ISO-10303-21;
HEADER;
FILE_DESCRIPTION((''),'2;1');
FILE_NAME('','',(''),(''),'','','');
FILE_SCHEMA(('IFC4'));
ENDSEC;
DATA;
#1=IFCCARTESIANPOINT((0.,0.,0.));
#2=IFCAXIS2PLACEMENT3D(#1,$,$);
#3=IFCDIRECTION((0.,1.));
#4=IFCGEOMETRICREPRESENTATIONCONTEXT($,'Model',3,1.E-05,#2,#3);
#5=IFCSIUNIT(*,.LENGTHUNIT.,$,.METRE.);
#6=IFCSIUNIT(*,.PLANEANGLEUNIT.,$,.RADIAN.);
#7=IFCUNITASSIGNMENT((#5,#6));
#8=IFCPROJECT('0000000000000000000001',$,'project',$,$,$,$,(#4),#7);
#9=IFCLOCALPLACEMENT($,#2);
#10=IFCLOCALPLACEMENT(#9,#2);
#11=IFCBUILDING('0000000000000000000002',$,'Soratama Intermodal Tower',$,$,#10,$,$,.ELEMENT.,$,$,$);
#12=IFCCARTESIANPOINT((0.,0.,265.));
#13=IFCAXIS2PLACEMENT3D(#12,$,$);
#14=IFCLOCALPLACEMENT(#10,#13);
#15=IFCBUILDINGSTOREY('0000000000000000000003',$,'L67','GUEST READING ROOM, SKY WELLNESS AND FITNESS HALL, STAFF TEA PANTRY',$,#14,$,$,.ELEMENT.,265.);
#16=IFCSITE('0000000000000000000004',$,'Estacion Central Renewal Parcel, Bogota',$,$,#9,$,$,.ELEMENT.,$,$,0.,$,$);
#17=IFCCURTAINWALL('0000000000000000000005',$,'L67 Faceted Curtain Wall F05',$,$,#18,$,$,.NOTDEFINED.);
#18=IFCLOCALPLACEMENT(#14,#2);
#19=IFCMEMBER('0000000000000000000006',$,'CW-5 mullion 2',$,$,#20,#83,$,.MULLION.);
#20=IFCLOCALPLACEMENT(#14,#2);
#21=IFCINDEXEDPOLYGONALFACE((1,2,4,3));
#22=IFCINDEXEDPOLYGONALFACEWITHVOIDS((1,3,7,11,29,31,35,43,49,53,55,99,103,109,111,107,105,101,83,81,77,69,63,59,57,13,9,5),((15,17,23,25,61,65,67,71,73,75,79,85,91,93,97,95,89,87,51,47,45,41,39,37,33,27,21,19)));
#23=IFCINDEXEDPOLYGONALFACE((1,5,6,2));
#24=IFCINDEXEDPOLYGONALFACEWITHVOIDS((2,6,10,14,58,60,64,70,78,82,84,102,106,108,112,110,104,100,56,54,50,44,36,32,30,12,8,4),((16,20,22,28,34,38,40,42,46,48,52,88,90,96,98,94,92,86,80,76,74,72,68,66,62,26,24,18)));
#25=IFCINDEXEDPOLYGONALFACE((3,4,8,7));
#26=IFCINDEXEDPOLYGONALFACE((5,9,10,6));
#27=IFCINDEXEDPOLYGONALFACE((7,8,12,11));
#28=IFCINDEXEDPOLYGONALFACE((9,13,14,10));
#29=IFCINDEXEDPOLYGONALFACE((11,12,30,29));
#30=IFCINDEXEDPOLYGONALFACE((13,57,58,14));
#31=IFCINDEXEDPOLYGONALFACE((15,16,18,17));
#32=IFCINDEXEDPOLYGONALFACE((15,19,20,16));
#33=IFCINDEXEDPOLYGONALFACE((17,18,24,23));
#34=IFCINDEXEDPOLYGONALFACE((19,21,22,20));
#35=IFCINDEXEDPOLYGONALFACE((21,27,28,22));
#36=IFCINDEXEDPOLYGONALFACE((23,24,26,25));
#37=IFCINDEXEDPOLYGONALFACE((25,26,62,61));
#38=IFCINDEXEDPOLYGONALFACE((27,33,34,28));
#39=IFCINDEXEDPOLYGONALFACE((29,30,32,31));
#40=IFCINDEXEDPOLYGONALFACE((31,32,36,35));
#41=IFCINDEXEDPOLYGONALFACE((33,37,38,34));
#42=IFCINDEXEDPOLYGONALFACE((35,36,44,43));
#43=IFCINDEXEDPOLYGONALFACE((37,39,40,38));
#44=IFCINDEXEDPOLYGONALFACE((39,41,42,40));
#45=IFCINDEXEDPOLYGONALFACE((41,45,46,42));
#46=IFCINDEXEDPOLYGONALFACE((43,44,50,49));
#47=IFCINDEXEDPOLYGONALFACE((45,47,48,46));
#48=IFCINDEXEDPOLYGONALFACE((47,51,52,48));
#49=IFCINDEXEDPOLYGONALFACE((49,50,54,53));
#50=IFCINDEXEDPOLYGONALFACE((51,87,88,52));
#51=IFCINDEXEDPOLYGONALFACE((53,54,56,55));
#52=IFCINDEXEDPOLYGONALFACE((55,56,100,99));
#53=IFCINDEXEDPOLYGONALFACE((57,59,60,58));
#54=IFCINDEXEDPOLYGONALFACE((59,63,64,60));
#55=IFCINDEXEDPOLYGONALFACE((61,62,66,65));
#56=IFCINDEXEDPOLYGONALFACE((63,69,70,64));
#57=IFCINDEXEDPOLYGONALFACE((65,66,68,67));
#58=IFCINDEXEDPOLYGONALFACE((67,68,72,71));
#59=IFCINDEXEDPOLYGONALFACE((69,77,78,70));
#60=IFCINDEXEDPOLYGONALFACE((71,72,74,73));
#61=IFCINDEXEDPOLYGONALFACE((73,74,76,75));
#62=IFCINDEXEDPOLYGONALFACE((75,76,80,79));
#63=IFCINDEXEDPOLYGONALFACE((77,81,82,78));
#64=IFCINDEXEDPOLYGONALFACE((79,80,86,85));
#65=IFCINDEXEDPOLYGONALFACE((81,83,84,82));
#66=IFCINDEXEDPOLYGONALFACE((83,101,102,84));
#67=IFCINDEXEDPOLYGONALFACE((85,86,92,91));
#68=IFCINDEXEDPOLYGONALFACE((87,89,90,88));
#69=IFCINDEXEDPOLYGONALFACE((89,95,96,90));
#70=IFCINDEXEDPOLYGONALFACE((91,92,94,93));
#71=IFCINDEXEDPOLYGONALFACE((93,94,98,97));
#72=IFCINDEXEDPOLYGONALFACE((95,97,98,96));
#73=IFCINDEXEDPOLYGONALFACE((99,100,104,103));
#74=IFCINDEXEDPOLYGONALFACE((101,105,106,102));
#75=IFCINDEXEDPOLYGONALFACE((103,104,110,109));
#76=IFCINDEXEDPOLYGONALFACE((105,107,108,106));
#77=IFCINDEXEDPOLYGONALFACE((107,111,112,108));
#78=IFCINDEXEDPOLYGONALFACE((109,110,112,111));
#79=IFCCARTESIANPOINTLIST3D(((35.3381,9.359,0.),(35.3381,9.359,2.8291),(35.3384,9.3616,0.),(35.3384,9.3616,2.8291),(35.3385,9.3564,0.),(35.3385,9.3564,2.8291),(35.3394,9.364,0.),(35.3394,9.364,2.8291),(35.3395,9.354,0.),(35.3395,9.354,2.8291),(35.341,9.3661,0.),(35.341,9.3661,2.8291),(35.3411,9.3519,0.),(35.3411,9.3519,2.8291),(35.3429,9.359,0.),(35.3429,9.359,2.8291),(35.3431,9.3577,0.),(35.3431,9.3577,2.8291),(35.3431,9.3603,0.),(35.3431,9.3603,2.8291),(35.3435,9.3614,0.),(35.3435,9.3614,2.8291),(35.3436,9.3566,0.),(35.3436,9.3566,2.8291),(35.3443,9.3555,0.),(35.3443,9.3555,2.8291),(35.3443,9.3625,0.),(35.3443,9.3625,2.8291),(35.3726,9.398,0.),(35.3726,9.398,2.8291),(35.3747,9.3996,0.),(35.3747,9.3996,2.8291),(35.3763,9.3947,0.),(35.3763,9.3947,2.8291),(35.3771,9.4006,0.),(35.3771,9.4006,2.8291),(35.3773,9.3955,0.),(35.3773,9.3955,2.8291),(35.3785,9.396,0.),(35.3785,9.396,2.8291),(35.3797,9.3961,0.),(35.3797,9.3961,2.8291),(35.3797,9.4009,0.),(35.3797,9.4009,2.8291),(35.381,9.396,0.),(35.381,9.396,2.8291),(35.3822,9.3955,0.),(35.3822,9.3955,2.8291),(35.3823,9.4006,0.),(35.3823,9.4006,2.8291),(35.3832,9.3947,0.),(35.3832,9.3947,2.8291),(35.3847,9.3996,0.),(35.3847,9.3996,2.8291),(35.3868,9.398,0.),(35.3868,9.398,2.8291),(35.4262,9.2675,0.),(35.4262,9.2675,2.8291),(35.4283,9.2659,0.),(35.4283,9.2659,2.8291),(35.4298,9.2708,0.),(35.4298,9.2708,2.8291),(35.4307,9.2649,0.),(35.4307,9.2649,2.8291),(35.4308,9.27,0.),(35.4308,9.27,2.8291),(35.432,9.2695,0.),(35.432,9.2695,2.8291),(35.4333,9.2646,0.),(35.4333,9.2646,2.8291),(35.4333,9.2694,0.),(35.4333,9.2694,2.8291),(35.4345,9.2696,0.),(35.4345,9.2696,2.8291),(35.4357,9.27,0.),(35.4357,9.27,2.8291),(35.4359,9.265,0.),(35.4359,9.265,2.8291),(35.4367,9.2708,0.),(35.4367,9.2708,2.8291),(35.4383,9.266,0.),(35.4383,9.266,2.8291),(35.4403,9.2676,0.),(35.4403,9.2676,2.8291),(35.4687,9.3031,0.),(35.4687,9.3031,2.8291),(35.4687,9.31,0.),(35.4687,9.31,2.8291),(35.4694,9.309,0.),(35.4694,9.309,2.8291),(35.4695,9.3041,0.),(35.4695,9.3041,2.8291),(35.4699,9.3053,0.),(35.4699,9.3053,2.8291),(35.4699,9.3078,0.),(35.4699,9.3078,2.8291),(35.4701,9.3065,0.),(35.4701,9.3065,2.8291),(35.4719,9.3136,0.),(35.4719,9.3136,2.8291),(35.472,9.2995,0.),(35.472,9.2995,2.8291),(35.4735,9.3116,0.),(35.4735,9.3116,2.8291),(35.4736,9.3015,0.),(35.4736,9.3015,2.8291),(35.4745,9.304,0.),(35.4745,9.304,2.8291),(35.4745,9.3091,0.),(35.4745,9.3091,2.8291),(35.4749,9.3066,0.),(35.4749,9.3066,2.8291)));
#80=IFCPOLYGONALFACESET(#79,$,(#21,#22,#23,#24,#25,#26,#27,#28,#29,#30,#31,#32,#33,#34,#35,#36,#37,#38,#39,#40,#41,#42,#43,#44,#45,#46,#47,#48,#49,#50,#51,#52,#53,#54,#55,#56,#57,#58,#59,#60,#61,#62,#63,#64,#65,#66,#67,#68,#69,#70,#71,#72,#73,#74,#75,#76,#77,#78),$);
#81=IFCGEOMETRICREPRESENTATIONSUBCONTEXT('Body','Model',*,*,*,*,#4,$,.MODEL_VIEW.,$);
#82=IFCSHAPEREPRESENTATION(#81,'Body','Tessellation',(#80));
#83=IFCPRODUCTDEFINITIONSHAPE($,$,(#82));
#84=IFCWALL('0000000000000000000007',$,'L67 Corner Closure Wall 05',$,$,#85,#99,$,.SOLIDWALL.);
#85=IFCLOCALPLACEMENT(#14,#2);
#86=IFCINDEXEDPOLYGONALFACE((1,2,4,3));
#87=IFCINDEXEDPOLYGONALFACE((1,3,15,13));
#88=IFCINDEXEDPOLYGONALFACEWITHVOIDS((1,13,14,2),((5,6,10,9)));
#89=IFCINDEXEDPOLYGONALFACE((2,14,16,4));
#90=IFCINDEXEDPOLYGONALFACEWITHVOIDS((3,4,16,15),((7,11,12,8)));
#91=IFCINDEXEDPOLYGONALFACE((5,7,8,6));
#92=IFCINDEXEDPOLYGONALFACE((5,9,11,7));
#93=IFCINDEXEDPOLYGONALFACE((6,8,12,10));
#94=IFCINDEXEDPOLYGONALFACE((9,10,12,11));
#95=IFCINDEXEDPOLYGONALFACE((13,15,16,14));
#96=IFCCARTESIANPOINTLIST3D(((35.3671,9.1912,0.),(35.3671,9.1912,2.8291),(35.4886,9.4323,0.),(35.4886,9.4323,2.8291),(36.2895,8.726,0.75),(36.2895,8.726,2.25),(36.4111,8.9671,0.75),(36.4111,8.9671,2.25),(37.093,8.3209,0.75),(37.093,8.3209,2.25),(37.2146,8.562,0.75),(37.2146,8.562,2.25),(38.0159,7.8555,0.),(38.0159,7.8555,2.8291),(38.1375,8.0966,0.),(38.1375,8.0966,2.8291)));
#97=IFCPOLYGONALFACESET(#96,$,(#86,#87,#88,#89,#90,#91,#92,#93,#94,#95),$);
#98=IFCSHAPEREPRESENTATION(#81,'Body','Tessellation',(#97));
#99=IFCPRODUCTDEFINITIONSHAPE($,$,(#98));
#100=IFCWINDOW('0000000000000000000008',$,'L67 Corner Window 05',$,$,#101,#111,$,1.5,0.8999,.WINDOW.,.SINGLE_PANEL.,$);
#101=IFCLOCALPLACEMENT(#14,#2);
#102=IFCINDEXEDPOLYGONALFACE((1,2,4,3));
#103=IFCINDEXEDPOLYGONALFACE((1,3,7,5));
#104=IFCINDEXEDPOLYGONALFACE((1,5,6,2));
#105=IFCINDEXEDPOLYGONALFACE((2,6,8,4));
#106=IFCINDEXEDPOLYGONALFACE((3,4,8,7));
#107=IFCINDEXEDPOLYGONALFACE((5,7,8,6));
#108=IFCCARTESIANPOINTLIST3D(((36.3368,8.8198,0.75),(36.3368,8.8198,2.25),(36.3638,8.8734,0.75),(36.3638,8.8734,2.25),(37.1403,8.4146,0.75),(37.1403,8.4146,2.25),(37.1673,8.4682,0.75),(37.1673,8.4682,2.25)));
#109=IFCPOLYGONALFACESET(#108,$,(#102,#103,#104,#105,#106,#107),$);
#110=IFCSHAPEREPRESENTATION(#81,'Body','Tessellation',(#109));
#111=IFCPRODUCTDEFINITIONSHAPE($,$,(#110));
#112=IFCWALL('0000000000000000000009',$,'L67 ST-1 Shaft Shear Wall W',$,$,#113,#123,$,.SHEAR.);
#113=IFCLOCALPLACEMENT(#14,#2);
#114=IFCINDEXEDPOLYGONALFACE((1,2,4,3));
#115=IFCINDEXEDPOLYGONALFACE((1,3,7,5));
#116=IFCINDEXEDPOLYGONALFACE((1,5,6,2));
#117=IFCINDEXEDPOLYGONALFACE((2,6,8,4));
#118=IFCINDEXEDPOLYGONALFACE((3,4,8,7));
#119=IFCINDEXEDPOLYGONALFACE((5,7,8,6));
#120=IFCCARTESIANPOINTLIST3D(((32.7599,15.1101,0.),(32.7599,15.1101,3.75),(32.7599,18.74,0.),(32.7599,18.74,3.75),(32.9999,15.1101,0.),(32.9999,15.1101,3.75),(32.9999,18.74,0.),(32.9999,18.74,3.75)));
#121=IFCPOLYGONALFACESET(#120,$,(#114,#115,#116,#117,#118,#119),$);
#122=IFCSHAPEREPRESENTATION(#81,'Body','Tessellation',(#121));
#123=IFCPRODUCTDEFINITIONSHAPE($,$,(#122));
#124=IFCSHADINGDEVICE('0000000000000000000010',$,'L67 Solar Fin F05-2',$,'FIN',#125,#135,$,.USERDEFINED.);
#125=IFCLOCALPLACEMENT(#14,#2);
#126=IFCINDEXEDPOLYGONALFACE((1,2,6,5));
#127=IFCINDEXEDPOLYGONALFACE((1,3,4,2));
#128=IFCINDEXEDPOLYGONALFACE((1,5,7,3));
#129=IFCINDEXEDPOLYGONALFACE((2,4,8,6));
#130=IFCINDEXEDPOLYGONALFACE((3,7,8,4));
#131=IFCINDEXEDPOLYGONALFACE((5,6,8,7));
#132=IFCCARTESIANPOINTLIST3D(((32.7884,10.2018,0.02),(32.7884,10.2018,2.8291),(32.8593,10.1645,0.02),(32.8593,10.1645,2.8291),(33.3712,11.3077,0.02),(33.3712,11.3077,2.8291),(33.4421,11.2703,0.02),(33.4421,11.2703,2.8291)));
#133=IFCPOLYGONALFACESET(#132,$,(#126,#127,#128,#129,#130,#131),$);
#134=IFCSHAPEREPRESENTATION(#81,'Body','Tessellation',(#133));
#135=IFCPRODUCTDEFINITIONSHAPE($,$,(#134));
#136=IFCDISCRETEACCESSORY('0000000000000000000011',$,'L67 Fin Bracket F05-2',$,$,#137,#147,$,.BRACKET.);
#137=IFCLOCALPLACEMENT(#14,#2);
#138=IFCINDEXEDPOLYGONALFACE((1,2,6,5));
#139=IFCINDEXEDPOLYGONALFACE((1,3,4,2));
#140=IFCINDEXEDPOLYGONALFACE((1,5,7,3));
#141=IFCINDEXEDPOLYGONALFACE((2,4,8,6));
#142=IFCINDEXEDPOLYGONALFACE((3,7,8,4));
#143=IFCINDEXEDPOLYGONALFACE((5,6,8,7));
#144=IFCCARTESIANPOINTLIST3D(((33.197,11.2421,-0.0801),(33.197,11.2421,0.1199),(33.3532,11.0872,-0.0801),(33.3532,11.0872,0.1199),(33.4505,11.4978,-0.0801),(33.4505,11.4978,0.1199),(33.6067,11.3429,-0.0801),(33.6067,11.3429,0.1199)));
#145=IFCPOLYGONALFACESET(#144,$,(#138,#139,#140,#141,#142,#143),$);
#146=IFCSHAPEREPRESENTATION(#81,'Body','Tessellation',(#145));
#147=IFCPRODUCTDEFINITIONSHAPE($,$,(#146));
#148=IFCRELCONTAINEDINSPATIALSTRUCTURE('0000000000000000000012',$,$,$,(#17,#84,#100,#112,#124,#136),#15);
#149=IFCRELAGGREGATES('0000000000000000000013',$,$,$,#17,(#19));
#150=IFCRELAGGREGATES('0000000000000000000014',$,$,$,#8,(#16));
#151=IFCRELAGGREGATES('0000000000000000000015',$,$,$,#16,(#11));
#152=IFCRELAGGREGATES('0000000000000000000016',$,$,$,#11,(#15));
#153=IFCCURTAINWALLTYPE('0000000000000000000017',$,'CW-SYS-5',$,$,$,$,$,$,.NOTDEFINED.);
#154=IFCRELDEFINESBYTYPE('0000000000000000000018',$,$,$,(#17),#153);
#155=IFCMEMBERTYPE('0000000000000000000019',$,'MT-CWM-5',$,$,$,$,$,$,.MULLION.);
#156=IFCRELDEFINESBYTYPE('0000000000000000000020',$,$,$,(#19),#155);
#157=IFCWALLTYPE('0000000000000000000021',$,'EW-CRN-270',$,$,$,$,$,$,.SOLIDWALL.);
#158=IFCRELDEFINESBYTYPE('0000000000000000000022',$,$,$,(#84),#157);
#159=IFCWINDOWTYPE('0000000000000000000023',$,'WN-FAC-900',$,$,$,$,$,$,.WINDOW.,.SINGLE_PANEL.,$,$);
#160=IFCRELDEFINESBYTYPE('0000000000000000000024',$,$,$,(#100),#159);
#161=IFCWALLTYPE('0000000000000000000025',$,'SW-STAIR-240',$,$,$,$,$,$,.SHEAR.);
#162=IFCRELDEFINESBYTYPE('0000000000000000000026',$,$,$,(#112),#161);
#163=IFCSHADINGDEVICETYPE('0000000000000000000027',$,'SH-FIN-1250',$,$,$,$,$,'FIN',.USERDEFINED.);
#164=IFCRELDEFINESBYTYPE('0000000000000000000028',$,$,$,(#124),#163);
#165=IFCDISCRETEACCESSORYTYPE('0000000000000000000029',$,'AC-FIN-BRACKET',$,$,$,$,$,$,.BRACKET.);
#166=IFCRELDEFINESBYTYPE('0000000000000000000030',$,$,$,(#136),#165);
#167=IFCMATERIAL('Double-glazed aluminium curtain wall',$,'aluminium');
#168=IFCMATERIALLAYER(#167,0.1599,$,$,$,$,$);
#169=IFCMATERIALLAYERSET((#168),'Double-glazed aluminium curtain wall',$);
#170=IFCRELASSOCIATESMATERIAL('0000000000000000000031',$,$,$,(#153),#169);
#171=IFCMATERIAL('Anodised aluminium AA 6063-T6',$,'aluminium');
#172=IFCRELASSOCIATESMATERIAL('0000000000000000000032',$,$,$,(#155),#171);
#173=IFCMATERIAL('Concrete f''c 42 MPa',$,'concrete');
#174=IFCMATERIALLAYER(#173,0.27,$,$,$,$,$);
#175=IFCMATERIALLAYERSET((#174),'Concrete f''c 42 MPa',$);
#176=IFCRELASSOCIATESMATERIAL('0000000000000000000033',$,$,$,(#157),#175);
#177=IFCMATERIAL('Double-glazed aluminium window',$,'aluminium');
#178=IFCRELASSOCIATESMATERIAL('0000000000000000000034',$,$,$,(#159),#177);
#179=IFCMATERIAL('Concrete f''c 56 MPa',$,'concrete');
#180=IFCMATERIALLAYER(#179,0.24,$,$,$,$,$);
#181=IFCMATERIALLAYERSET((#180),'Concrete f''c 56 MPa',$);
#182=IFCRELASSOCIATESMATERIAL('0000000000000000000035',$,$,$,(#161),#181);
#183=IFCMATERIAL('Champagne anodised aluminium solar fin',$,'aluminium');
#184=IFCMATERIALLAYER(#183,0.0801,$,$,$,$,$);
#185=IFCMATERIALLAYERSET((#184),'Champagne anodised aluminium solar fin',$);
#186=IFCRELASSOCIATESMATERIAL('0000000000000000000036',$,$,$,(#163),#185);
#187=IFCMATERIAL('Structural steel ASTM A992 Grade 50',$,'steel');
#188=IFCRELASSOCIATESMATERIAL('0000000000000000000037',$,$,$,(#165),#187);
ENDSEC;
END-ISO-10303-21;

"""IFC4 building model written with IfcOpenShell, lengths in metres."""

from ifc_helpers import new_model, si_unit, direction, frame, frame_2d, origin, origin_2d, place, context, subcontext, project, spatial, rectangle, hollow_rectangle, extrude, material, layer, layer_set, material_profile, profile_set, type_object, element, fill, aggregate, save


model = new_model("IFC4")

# Units and contexts
model_context = context("Model", 3, precision=1e-05, world=origin(), true_north=direction((0.0, 1.0)))
body_context = subcontext(model_context, "Body", "Model", "MODEL_VIEW")
ifc_project = project(units=[si_unit("LENGTHUNIT", "METRE"), si_unit("PLANEANGLEUNIT", "RADIAN")], contexts=[model_context])

# Site, building, storey
site_placement = place(None, origin())
site = spatial("IfcSite", under=ifc_project, at=site_placement, Name="Estacion Central Renewal Parcel, Bogota", CompositionType="ELEMENT", RefElevation=0.0)
building_placement = place(site_placement, origin())
building = spatial("IfcBuilding", under=site, at=building_placement, Name="Soratama Intermodal Tower", CompositionType="ELEMENT")
storey_placement = place(building_placement, frame((0.0, 0.0, 265.0)))
storey = spatial("IfcBuildingStorey", under=building, at=storey_placement, Name="L67", Description="GUEST READING ROOM, SKY WELLNESS AND FITNESS HALL, STAFF TEA PANTRY", CompositionType="ELEMENT", Elevation=265.0)

# Curtain wall, member
ifc_material_1 = material(Name="Double-glazed aluminium curtain wall", Category="aluminium")
ifc_layer_1 = layer(ifc_material_1, 0.1599)
ifc_layer_set_1 = layer_set([ifc_layer_1], Name="Double-glazed aluminium curtain wall")
curtain_wall_type = type_object("IfcCurtainWallType", Name="CW-SYS-5", PredefinedType="NOTDEFINED", material=ifc_layer_set_1)
curtain_wall_placement = place(storey_placement, origin())
curtain_wall = element("IfcCurtainWall", 1, at=curtain_wall_placement, inside=storey, type_object=curtain_wall_type, Name="L67 Faceted Curtain Wall F05", PredefinedType="NOTDEFINED")
ifc_material_2 = material(Name="Anodised aluminium AA 6063-T6", Category="aluminium")
ifc_material_profile_1 = material_profile(ifc_material_2, hollow_rectangle(XDim=0.0649, YDim=0.1399, WallThickness=0.0049, InnerFilletRadius=0.0049, OuterFilletRadius=0.01, at=origin_2d()), Name="CWM140X65X5")
ifc_profile_set_1 = profile_set([ifc_material_profile_1], Name="Anodised aluminium AA 6063-T6")
member_type = type_object("IfcMemberType", Name="MT-CWM-5", PredefinedType="MULLION", material=ifc_profile_set_1)
member_placement = place(storey_placement, frame((35.4065, 9.3328, 0.0), z_axis=(0.0, 0.0, 1.0), x_axis=(0.704136, 0.710065, 0.0)))
member = element("IfcMember", 2, at=member_placement, type_object=member_type, Name="CW-5 mullion 2", PredefinedType="MULLION", context=body_context, shape_type="SweptSolid", body=[
    extrude(hollow_rectangle(XDim=0.0649, YDim=0.1399, WallThickness=0.0049, InnerFilletRadius=0.0049, OuterFilletRadius=0.01, at=origin_2d()), origin(), (0.0, 0.0, 1.0), 2.8291),
])
aggregate(curtain_wall, [member])

# Wall, opening, window
ifc_material_3 = material(Name="Concrete f'c 42 MPa", Category="concrete")
ifc_layer_2 = layer(ifc_material_3, 0.27)
ifc_layer_set_2 = layer_set([ifc_layer_2], Name="Concrete f'c 42 MPa")
wall_type_1 = type_object("IfcWallType", Name="EW-CRN-270", PredefinedType="SOLIDWALL", material=ifc_layer_set_2)
wall_1_placement = place(storey_placement, frame((35.4277, 9.3118, 0.0), z_axis=(0.0, 0.0, 1.0), x_axis=(0.892908, -0.45024, 0.0)))
wall_1 = element("IfcWall", 3, at=wall_1_placement, inside=storey, type_object=wall_type_1, Name="L67 Corner Closure Wall 05", PredefinedType="SOLIDWALL", context=body_context, shape_type="SweptSolid", body=[
    extrude(rectangle(XDim=2.9666, YDim=0.27, at=frame_2d((1.4834, 0.0))), origin(), (0.0, 0.0, 1.0), 2.8291),
])
opening_1_placement = place(wall_1_placement, frame((1.0332, 0.0, 0.75)))
opening_1 = element("IfcOpeningElement", 4, at=opening_1_placement, cuts=wall_1, PredefinedType="OPENING", context=body_context, shape_type="SweptSolid", body=[
    extrude(rectangle(XDim=0.8999, YDim=1.5, at=frame_2d((0.45, 0.75))), frame((0.0, 0.145, 0.0), z_axis=(0.0, -1.0, 0.0), x_axis=(1.0, 0.0, 0.0)), (0.0, 0.0, 1.0), 0.29),
])
ifc_material_4 = material(Name="Double-glazed aluminium window", Category="aluminium")
window_type_1 = type_object("IfcWindowType", Name="WN-FAC-900", PartitioningType="SINGLE_PANEL", PredefinedType="WINDOW", material=ifc_material_4)
window_1_placement = place(opening_1_placement, origin())
window_1 = element("IfcWindow", 5, at=window_1_placement, inside=storey, type_object=window_type_1, Name="L67 Corner Window 05", OverallHeight=1.5, OverallWidth=0.8999, PartitioningType="SINGLE_PANEL", PredefinedType="WINDOW", context=body_context, shape_type="SweptSolid", body=[
    extrude(rectangle(XDim=0.8999, YDim=1.5, at=frame_2d((0.45, 0.75))), frame((0.0, 0.03, 0.0), z_axis=(0.0, -1.0, 0.0), x_axis=(1.0, 0.0, 0.0)), (0.0, 0.0, 1.0), 0.0601),
])
fill(opening_1, window_1)

# Wall
ifc_material_5 = material(Name="Concrete f'c 56 MPa", Category="concrete")
ifc_layer_3 = layer(ifc_material_5, 0.24)
ifc_layer_set_3 = layer_set([ifc_layer_3], Name="Concrete f'c 56 MPa")
wall_type_2 = type_object("IfcWallType", Name="SW-STAIR-240", PredefinedType="SHEAR", material=ifc_layer_set_3)
wall_2_placement = place(storey_placement, frame((32.8799, 15.1101, 0.0), z_axis=(0.0, 0.0, 1.0), x_axis=(0.0, 1.0, 0.0)))
element("IfcWall", 6, at=wall_2_placement, inside=storey, type_object=wall_type_2, Name="L67 ST-1 Shaft Shear Wall W", PredefinedType="SHEAR", context=body_context, shape_type="SweptSolid", body=[
    extrude(rectangle(XDim=3.6299, YDim=0.24, at=frame_2d((1.8149, 0.0))), origin(), (0.0, 0.0, 1.0), 3.75),
])

# Shading device
ifc_material_6 = material(Name="Champagne anodised aluminium solar fin", Category="aluminium")
ifc_layer_4 = layer(ifc_material_6, 0.0801)
ifc_layer_set_4 = layer_set([ifc_layer_4], Name="Champagne anodised aluminium solar fin")
shading_device_type = type_object("IfcShadingDeviceType", Name="SH-FIN-1250", ElementType="FIN", PredefinedType="USERDEFINED", material=ifc_layer_set_4)
shading_device_placement = place(storey_placement, frame((33.1152, 10.7361, 0.02), z_axis=(0.0, 0.0, 1.0), x_axis=(-0.466232, -0.884662, 0.0)))
element("IfcShadingDevice", 7, at=shading_device_placement, inside=storey, type_object=shading_device_type, Name="L67 Solar Fin F05-2", ObjectType="FIN", PredefinedType="USERDEFINED", context=body_context, shape_type="SweptSolid", body=[
    extrude(rectangle(XDim=1.25, YDim=0.0801, at=origin_2d()), origin(), (0.0, 0.0, 1.0), 2.8091),
])

# Discrete accessory
ifc_material_7 = material(Name="Structural steel ASTM A992 Grade 50", Category="steel")
discrete_accessory_type = type_object("IfcDiscreteAccessoryType", Name="AC-FIN-BRACKET", PredefinedType="BRACKET", material=ifc_material_7)
discrete_accessory_placement = place(storey_placement, frame((33.4019, 11.2925, -0.0801), z_axis=(0.0, 0.0, 1.0), x_axis=(-0.704139, -0.710062, 0.0)))
element("IfcDiscreteAccessory", 8, at=discrete_accessory_placement, inside=storey, type_object=discrete_accessory_type, Name="L67 Fin Bracket F05-2", PredefinedType="BRACKET", context=body_context, shape_type="SweptSolid", body=[
    extrude(rectangle(XDim=0.3601, YDim=0.22, at=origin_2d()), origin(), (0.0, 0.0, 1.0), 0.2),
])

save(model, "model.ifc")
